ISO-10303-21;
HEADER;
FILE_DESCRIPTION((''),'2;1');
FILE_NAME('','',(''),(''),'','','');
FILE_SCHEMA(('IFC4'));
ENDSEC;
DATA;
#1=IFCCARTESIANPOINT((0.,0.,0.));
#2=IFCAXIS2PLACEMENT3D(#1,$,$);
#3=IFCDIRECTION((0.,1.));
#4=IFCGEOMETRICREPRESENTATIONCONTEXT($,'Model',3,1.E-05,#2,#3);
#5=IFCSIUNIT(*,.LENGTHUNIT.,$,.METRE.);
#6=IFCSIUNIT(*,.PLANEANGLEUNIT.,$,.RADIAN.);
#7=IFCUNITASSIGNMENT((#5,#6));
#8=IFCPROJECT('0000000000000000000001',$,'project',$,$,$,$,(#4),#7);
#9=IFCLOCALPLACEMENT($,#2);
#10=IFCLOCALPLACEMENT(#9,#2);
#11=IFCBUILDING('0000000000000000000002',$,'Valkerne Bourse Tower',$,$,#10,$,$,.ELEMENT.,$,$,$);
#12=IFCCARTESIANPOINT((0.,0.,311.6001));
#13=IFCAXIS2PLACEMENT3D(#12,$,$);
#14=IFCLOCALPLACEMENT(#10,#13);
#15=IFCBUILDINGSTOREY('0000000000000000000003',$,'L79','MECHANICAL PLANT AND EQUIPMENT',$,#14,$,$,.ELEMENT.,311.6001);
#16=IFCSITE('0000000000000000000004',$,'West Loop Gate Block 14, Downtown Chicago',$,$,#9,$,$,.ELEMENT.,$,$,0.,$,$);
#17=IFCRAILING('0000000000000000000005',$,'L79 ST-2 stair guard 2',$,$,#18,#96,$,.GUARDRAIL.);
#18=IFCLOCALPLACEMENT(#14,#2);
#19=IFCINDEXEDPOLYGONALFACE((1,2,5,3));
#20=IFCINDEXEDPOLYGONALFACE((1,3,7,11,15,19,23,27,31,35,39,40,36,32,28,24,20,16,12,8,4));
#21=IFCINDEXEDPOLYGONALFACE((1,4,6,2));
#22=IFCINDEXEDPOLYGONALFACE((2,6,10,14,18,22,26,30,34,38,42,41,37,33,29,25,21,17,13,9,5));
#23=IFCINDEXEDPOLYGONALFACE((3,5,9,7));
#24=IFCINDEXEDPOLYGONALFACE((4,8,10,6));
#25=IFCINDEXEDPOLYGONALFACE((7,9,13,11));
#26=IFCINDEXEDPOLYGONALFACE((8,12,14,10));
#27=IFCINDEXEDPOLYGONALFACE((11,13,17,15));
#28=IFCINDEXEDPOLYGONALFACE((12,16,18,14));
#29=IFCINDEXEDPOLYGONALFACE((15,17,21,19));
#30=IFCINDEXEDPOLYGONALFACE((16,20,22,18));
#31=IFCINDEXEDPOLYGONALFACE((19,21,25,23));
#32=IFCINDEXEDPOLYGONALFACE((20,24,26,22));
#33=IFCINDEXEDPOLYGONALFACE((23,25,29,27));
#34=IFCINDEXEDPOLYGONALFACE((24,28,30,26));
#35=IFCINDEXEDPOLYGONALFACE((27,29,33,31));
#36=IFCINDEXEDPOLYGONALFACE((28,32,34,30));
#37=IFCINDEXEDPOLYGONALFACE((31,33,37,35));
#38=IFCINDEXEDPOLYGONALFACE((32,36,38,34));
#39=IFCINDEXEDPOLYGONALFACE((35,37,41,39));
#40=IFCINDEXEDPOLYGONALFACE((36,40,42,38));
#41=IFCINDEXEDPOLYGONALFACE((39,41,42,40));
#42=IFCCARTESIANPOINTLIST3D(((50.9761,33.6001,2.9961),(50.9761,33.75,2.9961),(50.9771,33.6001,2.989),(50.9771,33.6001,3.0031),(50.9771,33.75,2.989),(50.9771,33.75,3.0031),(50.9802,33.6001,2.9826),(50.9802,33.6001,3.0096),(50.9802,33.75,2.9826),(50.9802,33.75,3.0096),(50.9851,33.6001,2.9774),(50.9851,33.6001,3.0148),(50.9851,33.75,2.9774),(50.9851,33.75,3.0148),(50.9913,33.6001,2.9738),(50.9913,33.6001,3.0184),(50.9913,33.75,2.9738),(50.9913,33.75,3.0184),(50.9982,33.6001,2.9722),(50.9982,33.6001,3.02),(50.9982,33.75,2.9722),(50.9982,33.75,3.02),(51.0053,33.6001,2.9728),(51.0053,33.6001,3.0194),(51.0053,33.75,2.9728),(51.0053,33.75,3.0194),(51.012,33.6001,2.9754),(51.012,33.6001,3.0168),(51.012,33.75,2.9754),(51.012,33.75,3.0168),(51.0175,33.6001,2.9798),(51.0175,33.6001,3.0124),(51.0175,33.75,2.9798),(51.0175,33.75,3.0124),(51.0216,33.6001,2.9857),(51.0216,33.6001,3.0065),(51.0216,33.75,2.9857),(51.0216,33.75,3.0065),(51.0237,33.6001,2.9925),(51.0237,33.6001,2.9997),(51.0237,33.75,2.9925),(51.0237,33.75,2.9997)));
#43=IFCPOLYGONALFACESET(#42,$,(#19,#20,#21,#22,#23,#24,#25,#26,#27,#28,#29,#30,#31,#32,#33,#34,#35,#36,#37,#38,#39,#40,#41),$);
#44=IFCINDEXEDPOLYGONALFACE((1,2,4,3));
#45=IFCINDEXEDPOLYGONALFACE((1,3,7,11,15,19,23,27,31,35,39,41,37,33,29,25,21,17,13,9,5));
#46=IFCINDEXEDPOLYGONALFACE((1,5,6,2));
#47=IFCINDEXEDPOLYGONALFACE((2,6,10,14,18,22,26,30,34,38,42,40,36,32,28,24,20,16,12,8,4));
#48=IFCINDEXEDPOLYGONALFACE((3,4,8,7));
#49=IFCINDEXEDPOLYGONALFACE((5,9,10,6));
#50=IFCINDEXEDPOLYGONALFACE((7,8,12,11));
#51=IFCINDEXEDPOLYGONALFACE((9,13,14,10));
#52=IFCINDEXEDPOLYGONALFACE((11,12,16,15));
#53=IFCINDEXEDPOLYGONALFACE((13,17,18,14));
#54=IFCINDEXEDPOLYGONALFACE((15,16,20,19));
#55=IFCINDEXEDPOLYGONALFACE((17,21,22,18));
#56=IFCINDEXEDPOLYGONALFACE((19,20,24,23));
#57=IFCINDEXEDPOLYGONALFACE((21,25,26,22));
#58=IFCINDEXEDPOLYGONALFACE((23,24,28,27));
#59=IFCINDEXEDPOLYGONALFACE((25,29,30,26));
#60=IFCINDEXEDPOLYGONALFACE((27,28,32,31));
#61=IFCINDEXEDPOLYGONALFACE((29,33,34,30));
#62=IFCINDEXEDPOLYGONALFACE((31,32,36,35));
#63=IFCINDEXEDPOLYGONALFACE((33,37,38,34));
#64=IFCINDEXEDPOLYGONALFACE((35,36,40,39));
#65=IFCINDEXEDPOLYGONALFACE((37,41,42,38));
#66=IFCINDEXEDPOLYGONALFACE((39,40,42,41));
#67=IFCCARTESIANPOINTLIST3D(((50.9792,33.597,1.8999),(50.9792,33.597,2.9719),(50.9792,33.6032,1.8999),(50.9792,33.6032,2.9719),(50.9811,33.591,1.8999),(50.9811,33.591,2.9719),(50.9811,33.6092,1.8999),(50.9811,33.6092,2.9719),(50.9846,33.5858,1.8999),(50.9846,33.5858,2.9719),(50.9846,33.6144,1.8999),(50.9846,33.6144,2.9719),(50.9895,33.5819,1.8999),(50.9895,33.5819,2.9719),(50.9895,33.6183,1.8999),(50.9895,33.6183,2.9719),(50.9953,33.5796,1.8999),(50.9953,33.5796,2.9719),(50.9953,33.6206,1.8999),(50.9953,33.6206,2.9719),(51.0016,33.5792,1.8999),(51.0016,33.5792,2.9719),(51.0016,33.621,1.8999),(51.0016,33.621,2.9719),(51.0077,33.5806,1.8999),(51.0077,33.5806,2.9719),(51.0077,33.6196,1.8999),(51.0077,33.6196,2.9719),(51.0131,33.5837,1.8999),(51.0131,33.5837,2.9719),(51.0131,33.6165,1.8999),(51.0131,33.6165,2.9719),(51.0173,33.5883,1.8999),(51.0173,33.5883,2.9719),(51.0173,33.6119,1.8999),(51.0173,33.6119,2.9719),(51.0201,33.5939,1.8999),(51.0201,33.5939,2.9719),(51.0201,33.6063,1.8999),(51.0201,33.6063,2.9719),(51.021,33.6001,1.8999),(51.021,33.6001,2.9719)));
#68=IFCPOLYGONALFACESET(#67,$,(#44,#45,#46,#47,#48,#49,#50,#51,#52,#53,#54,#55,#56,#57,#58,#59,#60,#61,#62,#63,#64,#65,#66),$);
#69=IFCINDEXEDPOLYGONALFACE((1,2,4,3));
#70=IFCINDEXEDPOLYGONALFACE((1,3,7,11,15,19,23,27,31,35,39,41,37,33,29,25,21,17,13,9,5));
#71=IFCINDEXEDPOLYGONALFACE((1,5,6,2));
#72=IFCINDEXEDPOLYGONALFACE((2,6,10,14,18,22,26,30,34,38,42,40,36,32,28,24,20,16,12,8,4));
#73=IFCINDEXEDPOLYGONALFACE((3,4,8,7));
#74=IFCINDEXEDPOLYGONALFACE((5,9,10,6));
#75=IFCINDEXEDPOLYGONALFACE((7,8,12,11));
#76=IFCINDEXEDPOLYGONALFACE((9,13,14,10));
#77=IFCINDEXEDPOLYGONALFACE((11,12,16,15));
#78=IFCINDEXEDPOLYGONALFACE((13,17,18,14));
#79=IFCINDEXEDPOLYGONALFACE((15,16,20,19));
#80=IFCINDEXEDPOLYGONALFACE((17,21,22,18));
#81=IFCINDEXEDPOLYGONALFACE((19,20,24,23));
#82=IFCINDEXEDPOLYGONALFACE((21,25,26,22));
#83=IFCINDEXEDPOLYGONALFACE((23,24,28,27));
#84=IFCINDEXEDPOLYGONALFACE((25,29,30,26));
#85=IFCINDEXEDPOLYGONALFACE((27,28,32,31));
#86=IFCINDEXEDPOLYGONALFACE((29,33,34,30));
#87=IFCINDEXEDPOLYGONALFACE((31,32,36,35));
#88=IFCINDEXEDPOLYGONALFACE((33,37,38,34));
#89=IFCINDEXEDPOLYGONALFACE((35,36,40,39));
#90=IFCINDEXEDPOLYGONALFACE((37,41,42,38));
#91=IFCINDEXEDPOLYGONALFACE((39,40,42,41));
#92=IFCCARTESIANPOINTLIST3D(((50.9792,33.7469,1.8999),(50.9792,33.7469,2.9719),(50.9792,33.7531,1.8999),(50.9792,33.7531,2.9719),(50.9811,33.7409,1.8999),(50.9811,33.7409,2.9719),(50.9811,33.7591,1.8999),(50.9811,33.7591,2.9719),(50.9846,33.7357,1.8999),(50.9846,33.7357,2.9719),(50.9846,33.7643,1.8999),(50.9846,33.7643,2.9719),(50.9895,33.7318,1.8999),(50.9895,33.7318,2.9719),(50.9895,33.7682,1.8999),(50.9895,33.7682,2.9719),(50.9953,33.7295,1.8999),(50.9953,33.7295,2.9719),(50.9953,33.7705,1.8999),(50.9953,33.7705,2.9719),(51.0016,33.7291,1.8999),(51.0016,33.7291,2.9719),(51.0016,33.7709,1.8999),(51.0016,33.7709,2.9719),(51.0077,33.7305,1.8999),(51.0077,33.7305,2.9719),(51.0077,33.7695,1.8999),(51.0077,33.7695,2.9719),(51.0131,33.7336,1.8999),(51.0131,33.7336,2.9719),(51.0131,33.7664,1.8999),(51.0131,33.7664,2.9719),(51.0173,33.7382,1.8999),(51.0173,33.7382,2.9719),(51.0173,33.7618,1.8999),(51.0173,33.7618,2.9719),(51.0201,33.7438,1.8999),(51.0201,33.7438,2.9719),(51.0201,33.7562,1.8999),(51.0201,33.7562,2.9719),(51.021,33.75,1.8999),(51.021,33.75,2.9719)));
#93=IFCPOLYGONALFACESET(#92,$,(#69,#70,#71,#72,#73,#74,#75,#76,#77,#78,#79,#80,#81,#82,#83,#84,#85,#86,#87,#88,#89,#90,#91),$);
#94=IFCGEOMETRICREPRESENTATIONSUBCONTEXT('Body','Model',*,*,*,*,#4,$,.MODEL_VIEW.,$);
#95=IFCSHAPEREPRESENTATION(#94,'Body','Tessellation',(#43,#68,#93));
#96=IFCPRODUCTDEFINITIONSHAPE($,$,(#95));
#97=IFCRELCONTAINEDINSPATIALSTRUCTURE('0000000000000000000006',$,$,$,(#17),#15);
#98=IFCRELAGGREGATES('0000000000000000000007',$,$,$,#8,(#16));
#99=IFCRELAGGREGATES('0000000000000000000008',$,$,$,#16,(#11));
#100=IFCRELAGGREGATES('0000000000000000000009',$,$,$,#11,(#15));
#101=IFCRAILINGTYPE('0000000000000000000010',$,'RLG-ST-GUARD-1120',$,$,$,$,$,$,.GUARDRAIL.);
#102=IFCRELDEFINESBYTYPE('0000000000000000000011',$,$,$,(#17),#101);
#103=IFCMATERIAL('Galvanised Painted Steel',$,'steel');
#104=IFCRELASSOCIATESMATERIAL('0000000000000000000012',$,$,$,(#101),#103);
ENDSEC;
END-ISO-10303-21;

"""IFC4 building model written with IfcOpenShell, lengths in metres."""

from ifc_helpers import new_model, si_unit, direction, frame, origin, origin_2d, place, context, subcontext, project, spatial, circle, extrude, material, type_object, element, save


model = new_model("IFC4")

# Units and contexts
model_context = context("Model", 3, precision=1e-05, world=origin(), true_north=direction((0.0, 1.0)))
body_context = subcontext(model_context, "Body", "Model", "MODEL_VIEW")
ifc_project = project(units=[si_unit("LENGTHUNIT", "METRE"), si_unit("PLANEANGLEUNIT", "RADIAN")], contexts=[model_context])

# Site, building, storey
site_placement = place(None, origin())
site = spatial("IfcSite", under=ifc_project, at=site_placement, Name="West Loop Gate Block 14, Downtown Chicago", CompositionType="ELEMENT", RefElevation=0.0)
building_placement = place(site_placement, origin())
building = spatial("IfcBuilding", under=site, at=building_placement, Name="Valkerne Bourse Tower", CompositionType="ELEMENT")
storey_placement = place(building_placement, frame((0.0, 0.0, 311.6001)))
storey = spatial("IfcBuildingStorey", under=building, at=storey_placement, Name="L79", Description="MECHANICAL PLANT AND EQUIPMENT", CompositionType="ELEMENT", Elevation=311.6001)

# Shared definitions
ifc_material_1 = material(Name="Galvanised Painted Steel", Category="steel")

# Railing
railing_type_1 = type_object("IfcRailingType", Name="RLG-ST-GUARD-1120", PredefinedType="GUARDRAIL", material=ifc_material_1)
railing_1_placement = place(storey_placement, frame((51.0, 33.6001, 1.8999)))
element("IfcRailing", 1, at=railing_1_placement, inside=storey, type_object=railing_type_1, Name="L79 ST-2 stair guard 2", PredefinedType="GUARDRAIL", context=body_context, shape_type="SweptSolid", body=[
    extrude(circle(Radius=0.0239, at=origin_2d()), frame((0.0, 0.0, 1.0962), z_axis=(0.0, 1.0, 0.0), x_axis=(-1.0, 0.0, 0.0)), (0.0, 0.0, 1.0), 0.1499),
    extrude(circle(Radius=0.021, at=origin_2d()), origin(), (0.0, 0.0, 1.0), 1.072),
    extrude(circle(Radius=0.021, at=origin_2d()), frame((0.0, 0.1499, 0.0)), (0.0, 0.0, 1.0), 1.072),
])

save(model, "model.ifc")
